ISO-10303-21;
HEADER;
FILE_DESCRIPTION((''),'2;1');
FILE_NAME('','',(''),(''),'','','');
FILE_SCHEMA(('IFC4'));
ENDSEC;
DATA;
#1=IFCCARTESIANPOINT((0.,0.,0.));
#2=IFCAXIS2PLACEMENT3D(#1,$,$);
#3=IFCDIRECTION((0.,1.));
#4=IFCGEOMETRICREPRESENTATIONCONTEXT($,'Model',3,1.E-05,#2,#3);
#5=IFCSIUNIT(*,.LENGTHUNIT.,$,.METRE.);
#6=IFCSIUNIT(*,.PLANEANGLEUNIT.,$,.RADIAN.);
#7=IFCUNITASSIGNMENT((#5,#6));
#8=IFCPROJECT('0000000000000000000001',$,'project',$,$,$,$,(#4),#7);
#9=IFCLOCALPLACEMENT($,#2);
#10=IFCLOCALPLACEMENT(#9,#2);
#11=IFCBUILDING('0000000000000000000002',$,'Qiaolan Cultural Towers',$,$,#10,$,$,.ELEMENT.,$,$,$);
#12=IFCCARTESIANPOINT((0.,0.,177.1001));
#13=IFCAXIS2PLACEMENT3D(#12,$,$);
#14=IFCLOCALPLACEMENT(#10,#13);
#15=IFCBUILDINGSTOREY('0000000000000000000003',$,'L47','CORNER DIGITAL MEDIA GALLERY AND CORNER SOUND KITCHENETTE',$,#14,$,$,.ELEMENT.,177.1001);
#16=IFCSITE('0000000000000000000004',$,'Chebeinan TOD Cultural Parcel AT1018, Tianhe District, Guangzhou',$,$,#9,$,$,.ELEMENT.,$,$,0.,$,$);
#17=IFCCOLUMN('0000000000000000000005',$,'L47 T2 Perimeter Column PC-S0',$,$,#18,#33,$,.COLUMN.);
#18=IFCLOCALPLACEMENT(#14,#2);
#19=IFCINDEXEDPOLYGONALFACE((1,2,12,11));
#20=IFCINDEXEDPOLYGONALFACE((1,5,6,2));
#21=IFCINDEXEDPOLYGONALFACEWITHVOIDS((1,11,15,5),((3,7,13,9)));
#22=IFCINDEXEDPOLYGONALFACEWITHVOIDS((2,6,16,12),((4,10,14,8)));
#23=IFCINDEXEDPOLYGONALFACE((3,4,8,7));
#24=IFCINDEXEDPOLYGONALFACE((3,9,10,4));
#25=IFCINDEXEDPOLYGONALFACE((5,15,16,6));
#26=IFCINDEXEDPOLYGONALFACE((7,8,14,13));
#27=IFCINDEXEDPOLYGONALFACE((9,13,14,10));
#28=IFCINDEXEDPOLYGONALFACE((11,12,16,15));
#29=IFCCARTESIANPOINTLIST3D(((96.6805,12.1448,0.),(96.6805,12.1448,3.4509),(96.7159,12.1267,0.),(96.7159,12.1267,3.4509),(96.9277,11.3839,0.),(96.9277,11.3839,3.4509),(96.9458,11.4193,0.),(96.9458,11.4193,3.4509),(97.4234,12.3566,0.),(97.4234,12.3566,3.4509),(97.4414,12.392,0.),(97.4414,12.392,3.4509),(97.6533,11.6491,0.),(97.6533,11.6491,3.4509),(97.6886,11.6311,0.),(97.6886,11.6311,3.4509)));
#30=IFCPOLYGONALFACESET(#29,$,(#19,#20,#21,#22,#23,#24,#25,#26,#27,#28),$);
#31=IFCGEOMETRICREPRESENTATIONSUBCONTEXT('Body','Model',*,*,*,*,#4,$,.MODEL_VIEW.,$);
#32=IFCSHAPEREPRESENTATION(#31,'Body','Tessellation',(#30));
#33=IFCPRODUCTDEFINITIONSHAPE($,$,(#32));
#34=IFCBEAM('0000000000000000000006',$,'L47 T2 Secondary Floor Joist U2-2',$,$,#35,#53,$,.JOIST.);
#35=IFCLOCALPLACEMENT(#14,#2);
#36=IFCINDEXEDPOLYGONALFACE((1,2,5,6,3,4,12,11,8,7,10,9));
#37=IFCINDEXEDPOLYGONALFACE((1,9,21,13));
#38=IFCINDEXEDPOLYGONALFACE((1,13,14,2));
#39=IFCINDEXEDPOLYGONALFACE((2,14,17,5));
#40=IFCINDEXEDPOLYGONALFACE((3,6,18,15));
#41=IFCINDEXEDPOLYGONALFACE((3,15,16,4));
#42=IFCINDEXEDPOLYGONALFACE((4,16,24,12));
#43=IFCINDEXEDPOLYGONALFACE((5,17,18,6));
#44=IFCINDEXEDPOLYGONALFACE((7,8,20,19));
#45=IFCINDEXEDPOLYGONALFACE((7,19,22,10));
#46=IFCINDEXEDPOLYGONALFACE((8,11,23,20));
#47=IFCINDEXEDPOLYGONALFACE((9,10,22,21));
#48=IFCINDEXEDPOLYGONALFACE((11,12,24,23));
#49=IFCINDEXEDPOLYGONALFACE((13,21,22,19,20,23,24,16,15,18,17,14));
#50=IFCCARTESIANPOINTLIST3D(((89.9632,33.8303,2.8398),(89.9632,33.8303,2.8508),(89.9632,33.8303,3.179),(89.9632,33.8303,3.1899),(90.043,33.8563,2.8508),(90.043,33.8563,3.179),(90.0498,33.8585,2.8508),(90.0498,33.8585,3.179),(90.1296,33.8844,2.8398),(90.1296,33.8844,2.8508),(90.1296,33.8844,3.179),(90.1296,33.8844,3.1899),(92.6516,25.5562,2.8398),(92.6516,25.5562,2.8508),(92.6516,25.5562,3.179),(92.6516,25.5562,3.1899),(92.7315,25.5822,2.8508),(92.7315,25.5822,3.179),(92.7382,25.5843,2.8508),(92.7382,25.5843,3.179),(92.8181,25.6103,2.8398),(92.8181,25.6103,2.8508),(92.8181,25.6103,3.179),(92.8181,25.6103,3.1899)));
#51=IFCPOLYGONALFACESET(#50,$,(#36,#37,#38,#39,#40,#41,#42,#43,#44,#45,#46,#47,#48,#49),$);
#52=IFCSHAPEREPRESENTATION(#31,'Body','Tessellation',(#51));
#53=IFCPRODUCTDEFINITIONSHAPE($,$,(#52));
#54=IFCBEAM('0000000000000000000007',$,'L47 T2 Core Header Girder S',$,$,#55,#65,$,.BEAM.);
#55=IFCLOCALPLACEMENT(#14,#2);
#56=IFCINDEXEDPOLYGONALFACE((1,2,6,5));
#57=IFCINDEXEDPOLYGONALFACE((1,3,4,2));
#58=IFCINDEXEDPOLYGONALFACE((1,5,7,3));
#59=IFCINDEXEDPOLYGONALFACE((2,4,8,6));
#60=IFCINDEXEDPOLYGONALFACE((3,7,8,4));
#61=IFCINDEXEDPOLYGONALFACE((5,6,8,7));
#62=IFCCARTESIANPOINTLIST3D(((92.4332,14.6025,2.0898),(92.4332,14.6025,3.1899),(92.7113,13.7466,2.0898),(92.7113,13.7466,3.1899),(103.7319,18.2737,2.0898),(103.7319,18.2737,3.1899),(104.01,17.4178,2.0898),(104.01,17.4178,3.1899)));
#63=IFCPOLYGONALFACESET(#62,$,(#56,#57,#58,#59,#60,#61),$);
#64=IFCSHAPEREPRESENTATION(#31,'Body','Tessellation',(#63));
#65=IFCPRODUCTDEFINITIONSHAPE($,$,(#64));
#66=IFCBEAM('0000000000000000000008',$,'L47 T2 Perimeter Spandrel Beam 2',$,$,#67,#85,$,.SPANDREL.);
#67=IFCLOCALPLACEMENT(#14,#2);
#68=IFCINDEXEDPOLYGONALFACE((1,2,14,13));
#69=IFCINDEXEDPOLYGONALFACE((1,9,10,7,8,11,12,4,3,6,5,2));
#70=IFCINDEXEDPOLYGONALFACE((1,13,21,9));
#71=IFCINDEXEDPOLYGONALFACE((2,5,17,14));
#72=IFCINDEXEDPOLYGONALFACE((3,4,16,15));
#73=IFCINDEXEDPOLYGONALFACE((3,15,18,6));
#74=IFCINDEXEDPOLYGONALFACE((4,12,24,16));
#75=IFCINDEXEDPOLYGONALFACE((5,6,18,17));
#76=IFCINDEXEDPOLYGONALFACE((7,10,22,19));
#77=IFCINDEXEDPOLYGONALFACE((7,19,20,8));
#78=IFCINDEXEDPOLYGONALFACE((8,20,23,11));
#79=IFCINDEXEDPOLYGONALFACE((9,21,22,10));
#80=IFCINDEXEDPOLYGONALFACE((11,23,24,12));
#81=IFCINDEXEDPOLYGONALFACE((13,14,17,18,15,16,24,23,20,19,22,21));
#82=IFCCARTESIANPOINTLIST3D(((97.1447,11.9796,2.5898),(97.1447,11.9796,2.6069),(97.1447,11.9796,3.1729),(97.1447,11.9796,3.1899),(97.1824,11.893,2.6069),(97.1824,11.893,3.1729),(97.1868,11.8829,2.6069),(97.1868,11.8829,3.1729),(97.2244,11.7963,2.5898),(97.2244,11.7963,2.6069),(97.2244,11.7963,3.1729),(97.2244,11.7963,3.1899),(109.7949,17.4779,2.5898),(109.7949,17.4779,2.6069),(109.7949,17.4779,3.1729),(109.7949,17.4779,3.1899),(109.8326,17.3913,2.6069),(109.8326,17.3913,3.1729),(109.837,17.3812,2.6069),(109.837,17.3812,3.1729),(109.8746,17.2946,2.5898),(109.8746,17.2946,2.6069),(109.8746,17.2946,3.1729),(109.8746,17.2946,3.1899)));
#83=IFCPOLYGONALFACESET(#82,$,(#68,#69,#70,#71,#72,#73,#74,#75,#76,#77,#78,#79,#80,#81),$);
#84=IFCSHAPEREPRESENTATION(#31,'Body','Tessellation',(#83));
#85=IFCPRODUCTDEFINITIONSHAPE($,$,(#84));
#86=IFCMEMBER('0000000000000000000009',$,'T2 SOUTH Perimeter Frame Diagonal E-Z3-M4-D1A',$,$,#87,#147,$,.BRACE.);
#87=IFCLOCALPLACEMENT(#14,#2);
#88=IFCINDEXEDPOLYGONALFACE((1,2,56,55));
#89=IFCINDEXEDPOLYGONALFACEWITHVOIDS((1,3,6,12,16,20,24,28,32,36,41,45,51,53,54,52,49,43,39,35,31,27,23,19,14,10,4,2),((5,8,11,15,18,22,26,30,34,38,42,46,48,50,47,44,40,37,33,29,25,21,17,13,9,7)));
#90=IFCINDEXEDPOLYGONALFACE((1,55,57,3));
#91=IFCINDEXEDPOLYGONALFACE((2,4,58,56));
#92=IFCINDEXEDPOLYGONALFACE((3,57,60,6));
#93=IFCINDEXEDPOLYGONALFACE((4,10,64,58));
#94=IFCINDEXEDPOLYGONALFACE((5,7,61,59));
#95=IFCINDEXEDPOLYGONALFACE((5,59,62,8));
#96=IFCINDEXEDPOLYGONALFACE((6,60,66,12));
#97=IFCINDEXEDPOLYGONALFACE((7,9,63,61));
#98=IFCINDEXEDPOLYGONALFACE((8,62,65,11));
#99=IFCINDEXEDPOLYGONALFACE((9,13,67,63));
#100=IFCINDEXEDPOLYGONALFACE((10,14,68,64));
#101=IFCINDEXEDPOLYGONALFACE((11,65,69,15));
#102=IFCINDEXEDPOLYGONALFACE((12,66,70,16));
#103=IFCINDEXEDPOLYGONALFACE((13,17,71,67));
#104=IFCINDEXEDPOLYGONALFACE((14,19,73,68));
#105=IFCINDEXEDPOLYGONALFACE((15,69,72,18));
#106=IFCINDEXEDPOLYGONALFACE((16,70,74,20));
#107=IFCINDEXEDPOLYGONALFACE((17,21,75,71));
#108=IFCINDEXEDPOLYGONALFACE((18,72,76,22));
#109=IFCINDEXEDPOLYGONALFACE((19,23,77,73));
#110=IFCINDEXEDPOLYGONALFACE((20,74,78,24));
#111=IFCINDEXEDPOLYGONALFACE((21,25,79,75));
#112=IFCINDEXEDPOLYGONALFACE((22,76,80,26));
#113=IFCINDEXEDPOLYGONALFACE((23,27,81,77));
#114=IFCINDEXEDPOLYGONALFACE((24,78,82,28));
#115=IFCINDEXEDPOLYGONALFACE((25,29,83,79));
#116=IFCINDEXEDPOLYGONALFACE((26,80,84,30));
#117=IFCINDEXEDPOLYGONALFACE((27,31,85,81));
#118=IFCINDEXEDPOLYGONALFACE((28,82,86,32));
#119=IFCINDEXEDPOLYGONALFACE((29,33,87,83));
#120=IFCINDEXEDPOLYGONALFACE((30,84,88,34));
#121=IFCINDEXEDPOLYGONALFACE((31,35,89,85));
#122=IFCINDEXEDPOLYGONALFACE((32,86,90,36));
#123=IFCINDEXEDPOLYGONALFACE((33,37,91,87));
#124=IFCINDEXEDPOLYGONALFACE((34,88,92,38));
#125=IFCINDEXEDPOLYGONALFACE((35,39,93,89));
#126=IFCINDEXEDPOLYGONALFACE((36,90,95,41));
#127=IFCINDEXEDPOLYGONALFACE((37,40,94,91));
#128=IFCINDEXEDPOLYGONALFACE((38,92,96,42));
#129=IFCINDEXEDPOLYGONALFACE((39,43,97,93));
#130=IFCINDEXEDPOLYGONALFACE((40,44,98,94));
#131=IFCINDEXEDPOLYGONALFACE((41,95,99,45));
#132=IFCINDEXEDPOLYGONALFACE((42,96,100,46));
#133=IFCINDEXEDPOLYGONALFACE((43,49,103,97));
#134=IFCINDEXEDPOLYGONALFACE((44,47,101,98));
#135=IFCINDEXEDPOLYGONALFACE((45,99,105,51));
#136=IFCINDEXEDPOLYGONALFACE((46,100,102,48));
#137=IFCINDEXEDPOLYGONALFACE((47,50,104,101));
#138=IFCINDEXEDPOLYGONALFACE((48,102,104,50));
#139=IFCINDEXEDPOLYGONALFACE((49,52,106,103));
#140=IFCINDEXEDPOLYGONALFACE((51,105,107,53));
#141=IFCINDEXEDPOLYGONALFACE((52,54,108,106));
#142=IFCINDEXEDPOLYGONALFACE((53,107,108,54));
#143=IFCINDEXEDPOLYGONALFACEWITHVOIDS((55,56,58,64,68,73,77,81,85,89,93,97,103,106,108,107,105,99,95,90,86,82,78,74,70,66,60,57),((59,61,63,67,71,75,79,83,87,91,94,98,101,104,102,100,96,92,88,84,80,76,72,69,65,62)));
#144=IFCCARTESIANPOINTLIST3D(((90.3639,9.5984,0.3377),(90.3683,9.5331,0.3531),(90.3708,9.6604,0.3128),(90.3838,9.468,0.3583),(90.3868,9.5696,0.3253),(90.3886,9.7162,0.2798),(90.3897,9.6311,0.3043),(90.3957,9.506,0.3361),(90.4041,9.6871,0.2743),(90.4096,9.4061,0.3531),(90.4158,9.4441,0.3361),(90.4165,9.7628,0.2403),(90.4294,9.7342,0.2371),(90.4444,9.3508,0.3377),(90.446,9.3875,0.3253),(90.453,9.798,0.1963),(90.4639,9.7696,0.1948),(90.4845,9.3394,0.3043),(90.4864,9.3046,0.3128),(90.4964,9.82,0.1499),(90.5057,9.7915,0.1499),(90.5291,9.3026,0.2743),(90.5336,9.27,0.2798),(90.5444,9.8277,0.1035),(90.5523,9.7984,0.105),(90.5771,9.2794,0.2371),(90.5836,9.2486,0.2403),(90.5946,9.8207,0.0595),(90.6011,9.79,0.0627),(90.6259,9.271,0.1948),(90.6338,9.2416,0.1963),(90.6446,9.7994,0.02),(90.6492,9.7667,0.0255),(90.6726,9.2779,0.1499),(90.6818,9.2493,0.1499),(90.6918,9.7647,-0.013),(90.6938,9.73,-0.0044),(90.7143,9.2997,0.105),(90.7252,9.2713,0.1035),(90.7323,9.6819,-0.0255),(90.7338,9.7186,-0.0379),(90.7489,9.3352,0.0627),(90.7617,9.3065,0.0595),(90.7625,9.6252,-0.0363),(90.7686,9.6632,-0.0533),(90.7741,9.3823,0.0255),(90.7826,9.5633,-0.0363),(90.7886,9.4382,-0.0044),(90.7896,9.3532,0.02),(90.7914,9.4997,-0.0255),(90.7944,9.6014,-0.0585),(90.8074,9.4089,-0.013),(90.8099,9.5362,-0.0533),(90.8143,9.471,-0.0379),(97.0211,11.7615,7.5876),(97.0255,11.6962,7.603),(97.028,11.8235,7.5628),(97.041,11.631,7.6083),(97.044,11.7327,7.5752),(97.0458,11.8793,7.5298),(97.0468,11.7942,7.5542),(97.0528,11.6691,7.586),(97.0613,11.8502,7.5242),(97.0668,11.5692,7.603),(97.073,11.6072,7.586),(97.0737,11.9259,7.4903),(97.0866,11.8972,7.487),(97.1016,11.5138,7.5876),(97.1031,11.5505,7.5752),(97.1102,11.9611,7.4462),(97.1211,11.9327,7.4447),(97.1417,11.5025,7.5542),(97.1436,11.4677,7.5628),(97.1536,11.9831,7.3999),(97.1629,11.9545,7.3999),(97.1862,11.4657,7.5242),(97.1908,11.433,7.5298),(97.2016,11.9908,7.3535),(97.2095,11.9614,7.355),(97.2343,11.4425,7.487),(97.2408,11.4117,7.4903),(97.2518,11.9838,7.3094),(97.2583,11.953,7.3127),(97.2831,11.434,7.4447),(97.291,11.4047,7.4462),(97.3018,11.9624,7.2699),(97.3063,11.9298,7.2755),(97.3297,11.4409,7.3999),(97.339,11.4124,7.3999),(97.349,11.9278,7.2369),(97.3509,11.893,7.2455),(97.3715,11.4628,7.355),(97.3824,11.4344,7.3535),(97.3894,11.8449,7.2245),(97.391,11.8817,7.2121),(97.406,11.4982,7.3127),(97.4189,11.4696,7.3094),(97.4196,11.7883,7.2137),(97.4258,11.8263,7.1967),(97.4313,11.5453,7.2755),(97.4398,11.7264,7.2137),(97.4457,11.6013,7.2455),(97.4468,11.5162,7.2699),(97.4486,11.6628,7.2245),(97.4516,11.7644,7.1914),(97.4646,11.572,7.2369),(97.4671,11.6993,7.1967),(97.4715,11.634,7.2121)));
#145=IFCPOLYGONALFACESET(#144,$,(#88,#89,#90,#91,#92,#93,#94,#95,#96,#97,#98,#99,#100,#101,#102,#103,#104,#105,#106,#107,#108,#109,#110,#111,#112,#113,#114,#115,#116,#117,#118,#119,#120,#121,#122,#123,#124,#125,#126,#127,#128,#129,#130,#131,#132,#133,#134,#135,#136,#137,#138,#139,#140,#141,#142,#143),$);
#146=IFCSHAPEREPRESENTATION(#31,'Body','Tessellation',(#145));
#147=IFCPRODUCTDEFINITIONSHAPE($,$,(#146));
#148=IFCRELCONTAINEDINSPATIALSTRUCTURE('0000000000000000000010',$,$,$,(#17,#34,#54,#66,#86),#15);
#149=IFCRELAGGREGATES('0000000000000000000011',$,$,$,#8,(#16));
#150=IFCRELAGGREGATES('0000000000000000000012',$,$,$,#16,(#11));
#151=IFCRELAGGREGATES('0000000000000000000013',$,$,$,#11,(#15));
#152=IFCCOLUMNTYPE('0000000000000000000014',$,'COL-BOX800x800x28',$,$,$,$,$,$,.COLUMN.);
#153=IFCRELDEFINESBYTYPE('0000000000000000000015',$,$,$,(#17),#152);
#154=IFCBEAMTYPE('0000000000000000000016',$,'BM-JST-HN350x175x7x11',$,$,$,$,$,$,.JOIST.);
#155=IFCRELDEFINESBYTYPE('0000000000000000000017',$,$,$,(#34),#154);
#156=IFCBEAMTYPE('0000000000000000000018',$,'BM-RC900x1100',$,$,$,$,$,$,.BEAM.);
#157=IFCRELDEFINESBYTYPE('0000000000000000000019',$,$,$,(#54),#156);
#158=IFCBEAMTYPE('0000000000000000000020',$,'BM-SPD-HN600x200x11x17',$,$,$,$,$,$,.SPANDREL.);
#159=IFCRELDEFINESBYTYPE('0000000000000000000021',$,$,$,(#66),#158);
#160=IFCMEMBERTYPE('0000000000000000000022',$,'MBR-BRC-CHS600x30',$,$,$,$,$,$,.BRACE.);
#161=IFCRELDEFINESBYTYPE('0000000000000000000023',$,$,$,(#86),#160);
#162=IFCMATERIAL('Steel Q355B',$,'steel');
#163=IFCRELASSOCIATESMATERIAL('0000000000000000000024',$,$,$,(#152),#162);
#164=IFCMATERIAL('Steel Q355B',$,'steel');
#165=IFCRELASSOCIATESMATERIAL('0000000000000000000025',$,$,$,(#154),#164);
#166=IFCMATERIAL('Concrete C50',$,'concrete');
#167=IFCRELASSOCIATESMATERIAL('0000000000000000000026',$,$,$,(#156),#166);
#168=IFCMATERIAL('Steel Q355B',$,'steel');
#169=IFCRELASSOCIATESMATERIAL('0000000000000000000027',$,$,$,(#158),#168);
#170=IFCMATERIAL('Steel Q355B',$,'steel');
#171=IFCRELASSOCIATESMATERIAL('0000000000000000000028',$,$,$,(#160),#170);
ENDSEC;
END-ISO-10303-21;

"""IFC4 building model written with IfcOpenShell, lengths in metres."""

from ifc_helpers import new_model, si_unit, direction, frame, origin, origin_2d, place, context, subcontext, project, spatial, rectangle, hollow_rectangle, hollow_circle, i_section, extrude, material, material_profile, profile_set, type_object, element, save


model = new_model("IFC4")

# Units and contexts
model_context = context("Model", 3, precision=1e-05, world=origin(), true_north=direction((0.0, 1.0)))
body_context = subcontext(model_context, "Body", "Model", "MODEL_VIEW")
ifc_project = project(units=[si_unit("LENGTHUNIT", "METRE"), si_unit("PLANEANGLEUNIT", "RADIAN")], contexts=[model_context])

# Site, building, storey
site_placement = place(None, origin())
site = spatial("IfcSite", under=ifc_project, at=site_placement, Name="Chebeinan TOD Cultural Parcel AT1018, Tianhe District, Guangzhou", CompositionType="ELEMENT", RefElevation=0.0)
building_placement = place(site_placement, origin())
building = spatial("IfcBuilding", under=site, at=building_placement, Name="Qiaolan Cultural Towers", CompositionType="ELEMENT")
storey_placement = place(building_placement, frame((0.0, 0.0, 177.1001)))
storey = spatial("IfcBuildingStorey", under=building, at=storey_placement, Name="L47", Description="CORNER DIGITAL MEDIA GALLERY AND CORNER SOUND KITCHENETTE", CompositionType="ELEMENT", Elevation=177.1001)

# Column
ifc_material_1 = material(Name="Steel Q355B", Category="steel")
ifc_material_profile_1 = material_profile(ifc_material_1, hollow_rectangle(XDim=0.8, YDim=0.8, WallThickness=0.0281, at=origin_2d()), Name="BOX800x800x28")
ifc_profile_set_1 = profile_set([ifc_material_profile_1], Name="Steel Q355B")
column_type = type_object("IfcColumnType", Name="COL-BOX800x800x28", PredefinedType="COLUMN", material=ifc_profile_set_1)
column_placement = place(storey_placement, frame((97.1846, 11.8879, 0.0), z_axis=(0.0, 0.0, 1.0), x_axis=(0.951057, 0.309017, 0.0)))
element("IfcColumn", 1, at=column_placement, inside=storey, type_object=column_type, Name="L47 T2 Perimeter Column PC-S0", PredefinedType="COLUMN", context=body_context, shape_type="SweptSolid", body=[
    extrude(hollow_rectangle(XDim=0.8, YDim=0.8, WallThickness=0.0281, at=origin_2d()), origin(), (0.0, 0.0, 1.0), 3.4509),
])

# Beams
ifc_material_2 = material(Name="Steel Q355B", Category="steel")
ifc_material_profile_2 = material_profile(ifc_material_2, i_section(OverallWidth=0.175, OverallDepth=0.3501, WebThickness=0.0071, FlangeThickness=0.011, at=origin_2d()), Name="HN350x175x7x11")
ifc_profile_set_2 = profile_set([ifc_material_profile_2], Name="Steel Q355B")
beam_type_1 = type_object("IfcBeamType", Name="BM-JST-HN350x175x7x11", PredefinedType="JOIST", material=ifc_profile_set_2)
beam_1_placement = place(storey_placement, frame((92.7349, 25.5833, 3.0149), z_axis=(-0.309021, 0.951055, 0.0), x_axis=(-0.951055, -0.309021, 0.0)))
element("IfcBeam", 2, at=beam_1_placement, inside=storey, type_object=beam_type_1, Name="L47 T2 Secondary Floor Joist U2-2", PredefinedType="JOIST", context=body_context, shape_type="SweptSolid", body=[
    extrude(i_section(OverallWidth=0.175, OverallDepth=0.3501, WebThickness=0.0071, FlangeThickness=0.011, at=origin_2d()), origin(), (0.0, 0.0, 1.0), 8.7),
])
ifc_material_3 = material(Name="Concrete C50", Category="concrete")
ifc_material_profile_3 = material_profile(ifc_material_3, rectangle(XDim=0.8999, YDim=1.1001, at=origin_2d()), Name="RC900x1100")
ifc_profile_set_3 = profile_set([ifc_material_profile_3], Name="Concrete C50")
beam_type_2 = type_object("IfcBeamType", Name="BM-RC900x1100", PredefinedType="BEAM", material=ifc_profile_set_3)
beam_2_placement = place(storey_placement, frame((92.5723, 14.1746, 2.6399), z_axis=(0.951056, 0.309018, 0.0), x_axis=(-0.309018, 0.951056, 0.0)))
element("IfcBeam", 3, at=beam_2_placement, inside=storey, type_object=beam_type_2, Name="L47 T2 Core Header Girder S", PredefinedType="BEAM", context=body_context, shape_type="SweptSolid", body=[
    extrude(rectangle(XDim=0.8999, YDim=1.1001, at=origin_2d()), origin(), (0.0, 0.0, 1.0), 11.8801),
])
ifc_material_4 = material(Name="Steel Q355B", Category="steel")
ifc_material_profile_4 = material_profile(ifc_material_4, i_section(OverallWidth=0.2, OverallDepth=0.6001, WebThickness=0.011, FlangeThickness=0.0171, at=origin_2d()), Name="HN600x200x11x17")
ifc_profile_set_4 = profile_set([ifc_material_profile_4], Name="Steel Q355B")
beam_type_3 = type_object("IfcBeamType", Name="BM-SPD-HN600x200x11x17", PredefinedType="SPANDREL", material=ifc_profile_set_4)
beam_3_placement = place(storey_placement, frame((97.1846, 11.8879, 2.8899), z_axis=(0.917117, 0.398618, 0.0), x_axis=(-0.398618, 0.917117, 0.0)))
element("IfcBeam", 4, at=beam_3_placement, inside=storey, type_object=beam_type_3, Name="L47 T2 Perimeter Spandrel Beam 2", PredefinedType="SPANDREL", context=body_context, shape_type="SweptSolid", body=[
    extrude(i_section(OverallWidth=0.2, OverallDepth=0.6001, WebThickness=0.011, FlangeThickness=0.0171, at=origin_2d()), origin(), (0.0, 0.0, 1.0), 13.7935),
])

# Member
ifc_material_5 = material(Name="Steel Q355B", Category="steel")
ifc_material_profile_5 = material_profile(ifc_material_5, hollow_circle(Radius=0.3, WallThickness=0.03, at=origin_2d()), Name="CHS600x30")
ifc_profile_set_5 = profile_set([ifc_material_profile_5], Name="Steel Q355B")
member_type = type_object("IfcMemberType", Name="MBR-BRC-CHS600x30", PredefinedType="BRACE", material=ifc_profile_set_5)
member_1_placement = place(storey_placement, frame((90.5891, 9.5347, 0.1499), z_axis=(0.66059, 0.214641, 0.71941), x_axis=(-0.30902, 0.951056, 0.0)))
element("IfcMember", 5, at=member_1_placement, inside=storey, type_object=member_type, Name="T2 SOUTH Perimeter Frame Diagonal E-Z3-M4-D1A", PredefinedType="BRACE", context=body_context, shape_type="SweptSolid", body=[
    extrude(hollow_circle(Radius=0.3, WallThickness=0.03, at=origin_2d()), origin(), (0.0, 0.0, 1.0), 10.0776),
])

save(model, "model.ifc")
